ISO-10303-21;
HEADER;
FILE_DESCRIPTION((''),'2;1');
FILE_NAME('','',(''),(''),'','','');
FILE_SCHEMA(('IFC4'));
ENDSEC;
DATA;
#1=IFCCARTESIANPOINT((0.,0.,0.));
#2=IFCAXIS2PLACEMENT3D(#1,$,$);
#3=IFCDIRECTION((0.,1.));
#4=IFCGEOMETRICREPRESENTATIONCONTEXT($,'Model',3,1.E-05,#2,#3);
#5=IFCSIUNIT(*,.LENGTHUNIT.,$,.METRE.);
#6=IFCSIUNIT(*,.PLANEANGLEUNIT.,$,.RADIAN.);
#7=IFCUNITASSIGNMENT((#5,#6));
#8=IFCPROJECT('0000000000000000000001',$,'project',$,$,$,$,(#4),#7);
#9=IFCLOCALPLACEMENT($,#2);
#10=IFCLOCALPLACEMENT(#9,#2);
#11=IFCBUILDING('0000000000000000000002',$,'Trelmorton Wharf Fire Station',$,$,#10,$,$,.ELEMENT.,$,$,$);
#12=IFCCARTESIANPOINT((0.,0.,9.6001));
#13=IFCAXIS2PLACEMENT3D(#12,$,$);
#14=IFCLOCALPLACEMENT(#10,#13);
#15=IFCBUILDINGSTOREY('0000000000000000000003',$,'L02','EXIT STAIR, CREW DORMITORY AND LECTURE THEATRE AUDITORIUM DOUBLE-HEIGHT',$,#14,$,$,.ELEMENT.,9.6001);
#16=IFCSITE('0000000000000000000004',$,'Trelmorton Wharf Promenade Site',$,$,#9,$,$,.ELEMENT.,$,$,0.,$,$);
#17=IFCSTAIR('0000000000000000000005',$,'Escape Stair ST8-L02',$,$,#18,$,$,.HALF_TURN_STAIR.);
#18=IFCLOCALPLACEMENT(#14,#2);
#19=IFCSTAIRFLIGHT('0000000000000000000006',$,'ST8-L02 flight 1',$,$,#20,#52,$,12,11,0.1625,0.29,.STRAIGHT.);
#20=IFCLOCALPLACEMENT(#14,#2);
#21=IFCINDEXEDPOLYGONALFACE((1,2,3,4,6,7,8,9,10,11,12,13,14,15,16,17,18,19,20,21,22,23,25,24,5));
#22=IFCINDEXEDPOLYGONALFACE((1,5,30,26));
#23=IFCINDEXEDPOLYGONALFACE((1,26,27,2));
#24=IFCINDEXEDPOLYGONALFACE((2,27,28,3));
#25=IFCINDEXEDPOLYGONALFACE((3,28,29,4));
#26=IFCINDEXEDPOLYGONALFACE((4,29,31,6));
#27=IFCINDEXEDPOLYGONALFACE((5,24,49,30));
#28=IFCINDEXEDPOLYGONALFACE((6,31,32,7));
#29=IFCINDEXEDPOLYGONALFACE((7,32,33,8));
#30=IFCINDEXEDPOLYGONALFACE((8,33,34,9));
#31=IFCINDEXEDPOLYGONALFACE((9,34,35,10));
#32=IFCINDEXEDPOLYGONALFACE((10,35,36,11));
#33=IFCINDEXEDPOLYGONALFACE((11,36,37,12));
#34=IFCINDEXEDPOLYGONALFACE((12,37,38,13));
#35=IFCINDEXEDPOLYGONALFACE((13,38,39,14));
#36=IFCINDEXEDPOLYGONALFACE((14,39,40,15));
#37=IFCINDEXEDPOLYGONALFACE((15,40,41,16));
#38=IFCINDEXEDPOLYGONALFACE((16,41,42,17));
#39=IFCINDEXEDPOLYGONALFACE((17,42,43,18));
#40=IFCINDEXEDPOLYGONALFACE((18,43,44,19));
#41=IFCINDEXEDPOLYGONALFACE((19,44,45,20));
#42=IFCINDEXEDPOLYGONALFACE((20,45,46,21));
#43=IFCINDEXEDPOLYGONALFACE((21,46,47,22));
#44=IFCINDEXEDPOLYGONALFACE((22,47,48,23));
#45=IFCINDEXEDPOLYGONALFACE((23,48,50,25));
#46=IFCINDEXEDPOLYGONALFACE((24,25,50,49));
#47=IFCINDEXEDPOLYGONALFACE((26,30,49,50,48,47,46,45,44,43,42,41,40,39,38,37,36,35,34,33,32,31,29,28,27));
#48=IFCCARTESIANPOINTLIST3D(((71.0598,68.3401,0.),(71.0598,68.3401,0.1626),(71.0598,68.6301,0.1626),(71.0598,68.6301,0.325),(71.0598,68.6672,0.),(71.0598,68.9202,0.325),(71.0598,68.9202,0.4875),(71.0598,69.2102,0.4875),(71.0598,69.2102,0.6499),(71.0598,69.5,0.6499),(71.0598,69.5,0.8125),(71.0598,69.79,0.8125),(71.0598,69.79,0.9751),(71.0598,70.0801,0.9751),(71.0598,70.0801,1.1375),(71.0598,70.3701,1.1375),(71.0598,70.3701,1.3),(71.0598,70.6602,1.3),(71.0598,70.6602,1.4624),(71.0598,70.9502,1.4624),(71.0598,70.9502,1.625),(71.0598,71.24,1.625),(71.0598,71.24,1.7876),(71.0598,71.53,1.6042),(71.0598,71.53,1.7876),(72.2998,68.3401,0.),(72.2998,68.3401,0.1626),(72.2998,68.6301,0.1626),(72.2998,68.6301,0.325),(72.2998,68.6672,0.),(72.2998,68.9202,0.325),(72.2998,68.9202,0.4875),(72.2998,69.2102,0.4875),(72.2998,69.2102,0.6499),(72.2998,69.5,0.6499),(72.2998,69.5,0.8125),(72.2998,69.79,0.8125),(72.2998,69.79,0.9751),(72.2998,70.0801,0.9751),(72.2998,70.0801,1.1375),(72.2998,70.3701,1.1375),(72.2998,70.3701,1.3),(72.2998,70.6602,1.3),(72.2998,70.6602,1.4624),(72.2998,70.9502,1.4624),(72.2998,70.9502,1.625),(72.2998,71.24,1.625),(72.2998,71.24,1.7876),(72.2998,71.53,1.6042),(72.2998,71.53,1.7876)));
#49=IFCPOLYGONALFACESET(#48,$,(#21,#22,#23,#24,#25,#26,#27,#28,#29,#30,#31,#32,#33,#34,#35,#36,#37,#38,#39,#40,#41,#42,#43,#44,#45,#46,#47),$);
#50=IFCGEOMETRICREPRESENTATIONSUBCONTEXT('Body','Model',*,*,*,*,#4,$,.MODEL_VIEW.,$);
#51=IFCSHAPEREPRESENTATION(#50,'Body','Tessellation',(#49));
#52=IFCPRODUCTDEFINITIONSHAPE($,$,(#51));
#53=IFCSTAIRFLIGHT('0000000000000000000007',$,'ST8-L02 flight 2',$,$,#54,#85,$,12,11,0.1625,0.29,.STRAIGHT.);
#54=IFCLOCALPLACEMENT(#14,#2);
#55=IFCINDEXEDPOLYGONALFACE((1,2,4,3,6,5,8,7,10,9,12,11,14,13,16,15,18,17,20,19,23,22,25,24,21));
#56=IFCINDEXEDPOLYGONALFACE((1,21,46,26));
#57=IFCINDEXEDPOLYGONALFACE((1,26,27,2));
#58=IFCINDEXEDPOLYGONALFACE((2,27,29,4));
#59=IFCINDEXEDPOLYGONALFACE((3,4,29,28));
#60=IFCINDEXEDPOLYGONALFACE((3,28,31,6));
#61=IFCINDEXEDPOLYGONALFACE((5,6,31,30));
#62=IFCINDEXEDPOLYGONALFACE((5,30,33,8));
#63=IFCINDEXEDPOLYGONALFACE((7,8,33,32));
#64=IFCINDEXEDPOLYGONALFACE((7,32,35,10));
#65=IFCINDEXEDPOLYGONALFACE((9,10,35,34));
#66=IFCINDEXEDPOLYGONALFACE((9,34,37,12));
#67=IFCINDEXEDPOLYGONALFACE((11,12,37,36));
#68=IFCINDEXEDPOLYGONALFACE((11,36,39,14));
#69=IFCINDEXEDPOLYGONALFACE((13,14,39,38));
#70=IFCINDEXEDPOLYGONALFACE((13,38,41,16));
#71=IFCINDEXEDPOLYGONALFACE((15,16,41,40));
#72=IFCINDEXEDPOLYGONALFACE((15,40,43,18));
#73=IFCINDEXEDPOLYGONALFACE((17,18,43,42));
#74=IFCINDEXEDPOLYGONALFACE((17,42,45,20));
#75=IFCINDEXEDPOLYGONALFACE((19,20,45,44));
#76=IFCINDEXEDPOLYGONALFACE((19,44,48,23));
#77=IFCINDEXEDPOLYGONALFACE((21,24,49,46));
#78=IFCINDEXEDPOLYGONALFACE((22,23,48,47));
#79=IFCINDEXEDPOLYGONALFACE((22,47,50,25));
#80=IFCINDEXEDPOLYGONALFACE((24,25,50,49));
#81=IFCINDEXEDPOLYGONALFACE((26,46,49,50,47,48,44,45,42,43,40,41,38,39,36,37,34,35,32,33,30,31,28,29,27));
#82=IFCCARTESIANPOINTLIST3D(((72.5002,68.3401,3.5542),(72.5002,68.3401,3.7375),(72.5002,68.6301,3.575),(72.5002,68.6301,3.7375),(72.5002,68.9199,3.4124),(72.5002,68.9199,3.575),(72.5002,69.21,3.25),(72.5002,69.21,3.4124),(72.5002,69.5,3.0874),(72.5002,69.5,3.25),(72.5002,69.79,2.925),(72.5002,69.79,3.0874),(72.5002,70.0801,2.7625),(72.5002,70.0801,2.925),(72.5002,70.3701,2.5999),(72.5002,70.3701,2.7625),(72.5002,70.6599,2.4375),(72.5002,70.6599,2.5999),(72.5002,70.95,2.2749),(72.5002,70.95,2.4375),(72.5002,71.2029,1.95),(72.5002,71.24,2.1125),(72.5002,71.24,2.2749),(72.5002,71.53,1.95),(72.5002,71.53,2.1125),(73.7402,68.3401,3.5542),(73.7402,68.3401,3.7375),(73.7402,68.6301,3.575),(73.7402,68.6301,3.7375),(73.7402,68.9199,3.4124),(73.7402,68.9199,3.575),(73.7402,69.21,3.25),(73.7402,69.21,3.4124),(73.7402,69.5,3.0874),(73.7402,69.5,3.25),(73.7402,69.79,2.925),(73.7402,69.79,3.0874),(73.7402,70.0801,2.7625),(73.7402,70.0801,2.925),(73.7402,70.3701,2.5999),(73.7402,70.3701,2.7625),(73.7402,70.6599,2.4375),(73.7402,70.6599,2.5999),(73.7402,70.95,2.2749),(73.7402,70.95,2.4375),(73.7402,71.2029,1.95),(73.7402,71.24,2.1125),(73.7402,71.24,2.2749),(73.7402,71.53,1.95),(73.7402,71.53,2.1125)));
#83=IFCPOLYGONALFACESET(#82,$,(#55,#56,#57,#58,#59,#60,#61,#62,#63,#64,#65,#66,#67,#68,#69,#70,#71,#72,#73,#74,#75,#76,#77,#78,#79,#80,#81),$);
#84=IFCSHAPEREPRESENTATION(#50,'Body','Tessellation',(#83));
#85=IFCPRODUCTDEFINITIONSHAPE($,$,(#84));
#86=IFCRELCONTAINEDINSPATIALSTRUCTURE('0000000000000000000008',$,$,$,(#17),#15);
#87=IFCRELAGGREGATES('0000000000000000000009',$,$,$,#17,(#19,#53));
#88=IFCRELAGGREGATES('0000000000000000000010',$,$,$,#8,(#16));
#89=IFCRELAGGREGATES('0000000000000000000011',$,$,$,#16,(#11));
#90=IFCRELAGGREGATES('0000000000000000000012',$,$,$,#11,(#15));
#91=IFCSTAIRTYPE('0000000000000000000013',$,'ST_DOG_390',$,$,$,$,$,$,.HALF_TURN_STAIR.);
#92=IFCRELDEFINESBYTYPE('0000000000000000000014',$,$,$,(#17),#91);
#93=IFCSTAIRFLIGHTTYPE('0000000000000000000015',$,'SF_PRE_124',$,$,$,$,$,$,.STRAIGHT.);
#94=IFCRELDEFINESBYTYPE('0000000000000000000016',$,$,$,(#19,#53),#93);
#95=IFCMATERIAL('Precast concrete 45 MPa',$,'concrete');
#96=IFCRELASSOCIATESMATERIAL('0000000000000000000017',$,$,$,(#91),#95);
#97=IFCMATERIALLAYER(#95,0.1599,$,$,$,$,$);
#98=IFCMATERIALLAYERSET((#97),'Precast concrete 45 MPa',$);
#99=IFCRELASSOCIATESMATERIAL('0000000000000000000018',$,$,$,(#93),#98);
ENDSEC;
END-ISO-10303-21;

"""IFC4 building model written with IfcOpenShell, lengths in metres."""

from ifc_helpers import new_model, si_unit, direction, frame, origin, place, context, subcontext, project, spatial, polyline, outline, extrude, material, layer, layer_set, type_object, element, aggregate, save


model = new_model("IFC4")

# Units and contexts
model_context = context("Model", 3, precision=1e-05, world=origin(), true_north=direction((0.0, 1.0)))
body_context = subcontext(model_context, "Body", "Model", "MODEL_VIEW")
ifc_project = project(units=[si_unit("LENGTHUNIT", "METRE"), si_unit("PLANEANGLEUNIT", "RADIAN")], contexts=[model_context])

# Site, building, storey
site_placement = place(None, origin())
site = spatial("IfcSite", under=ifc_project, at=site_placement, Name="Trelmorton Wharf Promenade Site", CompositionType="ELEMENT", RefElevation=0.0)
building_placement = place(site_placement, origin())
building = spatial("IfcBuilding", under=site, at=building_placement, Name="Trelmorton Wharf Fire Station", CompositionType="ELEMENT")
storey_placement = place(building_placement, frame((0.0, 0.0, 9.6001)))
storey = spatial("IfcBuildingStorey", under=building, at=storey_placement, Name="L02", Description="EXIT STAIR, CREW DORMITORY AND LECTURE THEATRE AUDITORIUM DOUBLE-HEIGHT", CompositionType="ELEMENT", Elevation=9.6001)

# Shared definitions
ifc_material_1 = material(Name="Precast concrete 45 MPa", Category="concrete")

# Stair, stair flights
stair_type = type_object("IfcStairType", Name="ST_DOG_390", PredefinedType="HALF_TURN_STAIR", material=ifc_material_1)
stair_placement = place(storey_placement, origin())
stair = element("IfcStair", 1, at=stair_placement, inside=storey, type_object=stair_type, Name="Escape Stair ST8-L02", PredefinedType="HALF_TURN_STAIR")
ifc_layer_1 = layer(ifc_material_1, 0.1599)
ifc_layer_set_1 = layer_set([ifc_layer_1], Name="Precast concrete 45 MPa")
stair_flight_type = type_object("IfcStairFlightType", Name="SF_PRE_124", PredefinedType="STRAIGHT", material=ifc_layer_set_1)
stair_flight_1_placement = place(storey_placement, frame((71.6799, 68.3401, 0.0), z_axis=(0.0, 0.0, 1.0), x_axis=(0.0, 1.0, 0.0)))
stair_flight_1 = element("IfcStairFlight", 2, at=stair_flight_1_placement, type_object=stair_flight_type, Name="ST8-L02 flight 1", NumberOfRisers=12, NumberOfTreads=11, PredefinedType="STRAIGHT", RiserHeight=0.1625, TreadLength=0.29, context=body_context, shape_type="SweptSolid", body=[
    extrude(outline(polyline([(0.0, 0.0), (0.0, 0.1626), (0.29, 0.1626), (0.29, 0.325), (0.5801, 0.325), (0.5801, 0.4875), (0.8701, 0.4875), (0.8701, 0.6499), (1.1599, 0.6499), (1.1599, 0.8125), (1.45, 0.8125), (1.45, 0.9751), (1.74, 0.9751), (1.74, 1.1375), (2.03, 1.1375), (2.03, 1.3), (2.3201, 1.3), (2.3201, 1.4624), (2.6101, 1.4624), (2.6101, 1.625), (2.8999, 1.625), (2.8999, 1.7876), (3.1899, 1.7876), (3.1899, 1.95), (3.1899, 1.6042), (0.3271, 0.0), (0.0, 0.0)])), frame((0.0, 0.6201, 0.0), z_axis=(0.0, -1.0, 0.0), x_axis=(1.0, 0.0, 0.0)), (0.0, 0.0, 1.0), 1.24),
])
stair_flight_2_placement = place(storey_placement, frame((73.1201, 71.53, 1.95), z_axis=(0.0, 0.0, 1.0), x_axis=(0.0, -1.0, 0.0)))
stair_flight_2 = element("IfcStairFlight", 3, at=stair_flight_2_placement, type_object=stair_flight_type, Name="ST8-L02 flight 2", NumberOfRisers=12, NumberOfTreads=11, PredefinedType="STRAIGHT", RiserHeight=0.1625, TreadLength=0.29, context=body_context, shape_type="SweptSolid", body=[
    extrude(outline(polyline([(0.0, 0.0), (0.0, 0.1626), (0.29, 0.1626), (0.29, 0.325), (0.5801, 0.325), (0.5801, 0.4875), (0.8701, 0.4875), (0.8701, 0.6499), (1.1599, 0.6499), (1.1599, 0.8125), (1.45, 0.8125), (1.45, 0.9751), (1.74, 0.9751), (1.74, 1.1375), (2.03, 1.1375), (2.03, 1.3), (2.3201, 1.3), (2.3201, 1.4624), (2.6101, 1.4624), (2.6101, 1.625), (2.8999, 1.625), (2.8999, 1.7876), (3.1899, 1.7876), (3.1899, 1.95), (3.1899, 1.6042), (0.3271, 0.0), (0.0, 0.0)])), frame((0.0, 0.6201, 0.0), z_axis=(0.0, -1.0, 0.0), x_axis=(1.0, 0.0, 0.0)), (0.0, 0.0, 1.0), 1.24),
])
aggregate(stair, [stair_flight_1, stair_flight_2])

save(model, "model.ifc")
